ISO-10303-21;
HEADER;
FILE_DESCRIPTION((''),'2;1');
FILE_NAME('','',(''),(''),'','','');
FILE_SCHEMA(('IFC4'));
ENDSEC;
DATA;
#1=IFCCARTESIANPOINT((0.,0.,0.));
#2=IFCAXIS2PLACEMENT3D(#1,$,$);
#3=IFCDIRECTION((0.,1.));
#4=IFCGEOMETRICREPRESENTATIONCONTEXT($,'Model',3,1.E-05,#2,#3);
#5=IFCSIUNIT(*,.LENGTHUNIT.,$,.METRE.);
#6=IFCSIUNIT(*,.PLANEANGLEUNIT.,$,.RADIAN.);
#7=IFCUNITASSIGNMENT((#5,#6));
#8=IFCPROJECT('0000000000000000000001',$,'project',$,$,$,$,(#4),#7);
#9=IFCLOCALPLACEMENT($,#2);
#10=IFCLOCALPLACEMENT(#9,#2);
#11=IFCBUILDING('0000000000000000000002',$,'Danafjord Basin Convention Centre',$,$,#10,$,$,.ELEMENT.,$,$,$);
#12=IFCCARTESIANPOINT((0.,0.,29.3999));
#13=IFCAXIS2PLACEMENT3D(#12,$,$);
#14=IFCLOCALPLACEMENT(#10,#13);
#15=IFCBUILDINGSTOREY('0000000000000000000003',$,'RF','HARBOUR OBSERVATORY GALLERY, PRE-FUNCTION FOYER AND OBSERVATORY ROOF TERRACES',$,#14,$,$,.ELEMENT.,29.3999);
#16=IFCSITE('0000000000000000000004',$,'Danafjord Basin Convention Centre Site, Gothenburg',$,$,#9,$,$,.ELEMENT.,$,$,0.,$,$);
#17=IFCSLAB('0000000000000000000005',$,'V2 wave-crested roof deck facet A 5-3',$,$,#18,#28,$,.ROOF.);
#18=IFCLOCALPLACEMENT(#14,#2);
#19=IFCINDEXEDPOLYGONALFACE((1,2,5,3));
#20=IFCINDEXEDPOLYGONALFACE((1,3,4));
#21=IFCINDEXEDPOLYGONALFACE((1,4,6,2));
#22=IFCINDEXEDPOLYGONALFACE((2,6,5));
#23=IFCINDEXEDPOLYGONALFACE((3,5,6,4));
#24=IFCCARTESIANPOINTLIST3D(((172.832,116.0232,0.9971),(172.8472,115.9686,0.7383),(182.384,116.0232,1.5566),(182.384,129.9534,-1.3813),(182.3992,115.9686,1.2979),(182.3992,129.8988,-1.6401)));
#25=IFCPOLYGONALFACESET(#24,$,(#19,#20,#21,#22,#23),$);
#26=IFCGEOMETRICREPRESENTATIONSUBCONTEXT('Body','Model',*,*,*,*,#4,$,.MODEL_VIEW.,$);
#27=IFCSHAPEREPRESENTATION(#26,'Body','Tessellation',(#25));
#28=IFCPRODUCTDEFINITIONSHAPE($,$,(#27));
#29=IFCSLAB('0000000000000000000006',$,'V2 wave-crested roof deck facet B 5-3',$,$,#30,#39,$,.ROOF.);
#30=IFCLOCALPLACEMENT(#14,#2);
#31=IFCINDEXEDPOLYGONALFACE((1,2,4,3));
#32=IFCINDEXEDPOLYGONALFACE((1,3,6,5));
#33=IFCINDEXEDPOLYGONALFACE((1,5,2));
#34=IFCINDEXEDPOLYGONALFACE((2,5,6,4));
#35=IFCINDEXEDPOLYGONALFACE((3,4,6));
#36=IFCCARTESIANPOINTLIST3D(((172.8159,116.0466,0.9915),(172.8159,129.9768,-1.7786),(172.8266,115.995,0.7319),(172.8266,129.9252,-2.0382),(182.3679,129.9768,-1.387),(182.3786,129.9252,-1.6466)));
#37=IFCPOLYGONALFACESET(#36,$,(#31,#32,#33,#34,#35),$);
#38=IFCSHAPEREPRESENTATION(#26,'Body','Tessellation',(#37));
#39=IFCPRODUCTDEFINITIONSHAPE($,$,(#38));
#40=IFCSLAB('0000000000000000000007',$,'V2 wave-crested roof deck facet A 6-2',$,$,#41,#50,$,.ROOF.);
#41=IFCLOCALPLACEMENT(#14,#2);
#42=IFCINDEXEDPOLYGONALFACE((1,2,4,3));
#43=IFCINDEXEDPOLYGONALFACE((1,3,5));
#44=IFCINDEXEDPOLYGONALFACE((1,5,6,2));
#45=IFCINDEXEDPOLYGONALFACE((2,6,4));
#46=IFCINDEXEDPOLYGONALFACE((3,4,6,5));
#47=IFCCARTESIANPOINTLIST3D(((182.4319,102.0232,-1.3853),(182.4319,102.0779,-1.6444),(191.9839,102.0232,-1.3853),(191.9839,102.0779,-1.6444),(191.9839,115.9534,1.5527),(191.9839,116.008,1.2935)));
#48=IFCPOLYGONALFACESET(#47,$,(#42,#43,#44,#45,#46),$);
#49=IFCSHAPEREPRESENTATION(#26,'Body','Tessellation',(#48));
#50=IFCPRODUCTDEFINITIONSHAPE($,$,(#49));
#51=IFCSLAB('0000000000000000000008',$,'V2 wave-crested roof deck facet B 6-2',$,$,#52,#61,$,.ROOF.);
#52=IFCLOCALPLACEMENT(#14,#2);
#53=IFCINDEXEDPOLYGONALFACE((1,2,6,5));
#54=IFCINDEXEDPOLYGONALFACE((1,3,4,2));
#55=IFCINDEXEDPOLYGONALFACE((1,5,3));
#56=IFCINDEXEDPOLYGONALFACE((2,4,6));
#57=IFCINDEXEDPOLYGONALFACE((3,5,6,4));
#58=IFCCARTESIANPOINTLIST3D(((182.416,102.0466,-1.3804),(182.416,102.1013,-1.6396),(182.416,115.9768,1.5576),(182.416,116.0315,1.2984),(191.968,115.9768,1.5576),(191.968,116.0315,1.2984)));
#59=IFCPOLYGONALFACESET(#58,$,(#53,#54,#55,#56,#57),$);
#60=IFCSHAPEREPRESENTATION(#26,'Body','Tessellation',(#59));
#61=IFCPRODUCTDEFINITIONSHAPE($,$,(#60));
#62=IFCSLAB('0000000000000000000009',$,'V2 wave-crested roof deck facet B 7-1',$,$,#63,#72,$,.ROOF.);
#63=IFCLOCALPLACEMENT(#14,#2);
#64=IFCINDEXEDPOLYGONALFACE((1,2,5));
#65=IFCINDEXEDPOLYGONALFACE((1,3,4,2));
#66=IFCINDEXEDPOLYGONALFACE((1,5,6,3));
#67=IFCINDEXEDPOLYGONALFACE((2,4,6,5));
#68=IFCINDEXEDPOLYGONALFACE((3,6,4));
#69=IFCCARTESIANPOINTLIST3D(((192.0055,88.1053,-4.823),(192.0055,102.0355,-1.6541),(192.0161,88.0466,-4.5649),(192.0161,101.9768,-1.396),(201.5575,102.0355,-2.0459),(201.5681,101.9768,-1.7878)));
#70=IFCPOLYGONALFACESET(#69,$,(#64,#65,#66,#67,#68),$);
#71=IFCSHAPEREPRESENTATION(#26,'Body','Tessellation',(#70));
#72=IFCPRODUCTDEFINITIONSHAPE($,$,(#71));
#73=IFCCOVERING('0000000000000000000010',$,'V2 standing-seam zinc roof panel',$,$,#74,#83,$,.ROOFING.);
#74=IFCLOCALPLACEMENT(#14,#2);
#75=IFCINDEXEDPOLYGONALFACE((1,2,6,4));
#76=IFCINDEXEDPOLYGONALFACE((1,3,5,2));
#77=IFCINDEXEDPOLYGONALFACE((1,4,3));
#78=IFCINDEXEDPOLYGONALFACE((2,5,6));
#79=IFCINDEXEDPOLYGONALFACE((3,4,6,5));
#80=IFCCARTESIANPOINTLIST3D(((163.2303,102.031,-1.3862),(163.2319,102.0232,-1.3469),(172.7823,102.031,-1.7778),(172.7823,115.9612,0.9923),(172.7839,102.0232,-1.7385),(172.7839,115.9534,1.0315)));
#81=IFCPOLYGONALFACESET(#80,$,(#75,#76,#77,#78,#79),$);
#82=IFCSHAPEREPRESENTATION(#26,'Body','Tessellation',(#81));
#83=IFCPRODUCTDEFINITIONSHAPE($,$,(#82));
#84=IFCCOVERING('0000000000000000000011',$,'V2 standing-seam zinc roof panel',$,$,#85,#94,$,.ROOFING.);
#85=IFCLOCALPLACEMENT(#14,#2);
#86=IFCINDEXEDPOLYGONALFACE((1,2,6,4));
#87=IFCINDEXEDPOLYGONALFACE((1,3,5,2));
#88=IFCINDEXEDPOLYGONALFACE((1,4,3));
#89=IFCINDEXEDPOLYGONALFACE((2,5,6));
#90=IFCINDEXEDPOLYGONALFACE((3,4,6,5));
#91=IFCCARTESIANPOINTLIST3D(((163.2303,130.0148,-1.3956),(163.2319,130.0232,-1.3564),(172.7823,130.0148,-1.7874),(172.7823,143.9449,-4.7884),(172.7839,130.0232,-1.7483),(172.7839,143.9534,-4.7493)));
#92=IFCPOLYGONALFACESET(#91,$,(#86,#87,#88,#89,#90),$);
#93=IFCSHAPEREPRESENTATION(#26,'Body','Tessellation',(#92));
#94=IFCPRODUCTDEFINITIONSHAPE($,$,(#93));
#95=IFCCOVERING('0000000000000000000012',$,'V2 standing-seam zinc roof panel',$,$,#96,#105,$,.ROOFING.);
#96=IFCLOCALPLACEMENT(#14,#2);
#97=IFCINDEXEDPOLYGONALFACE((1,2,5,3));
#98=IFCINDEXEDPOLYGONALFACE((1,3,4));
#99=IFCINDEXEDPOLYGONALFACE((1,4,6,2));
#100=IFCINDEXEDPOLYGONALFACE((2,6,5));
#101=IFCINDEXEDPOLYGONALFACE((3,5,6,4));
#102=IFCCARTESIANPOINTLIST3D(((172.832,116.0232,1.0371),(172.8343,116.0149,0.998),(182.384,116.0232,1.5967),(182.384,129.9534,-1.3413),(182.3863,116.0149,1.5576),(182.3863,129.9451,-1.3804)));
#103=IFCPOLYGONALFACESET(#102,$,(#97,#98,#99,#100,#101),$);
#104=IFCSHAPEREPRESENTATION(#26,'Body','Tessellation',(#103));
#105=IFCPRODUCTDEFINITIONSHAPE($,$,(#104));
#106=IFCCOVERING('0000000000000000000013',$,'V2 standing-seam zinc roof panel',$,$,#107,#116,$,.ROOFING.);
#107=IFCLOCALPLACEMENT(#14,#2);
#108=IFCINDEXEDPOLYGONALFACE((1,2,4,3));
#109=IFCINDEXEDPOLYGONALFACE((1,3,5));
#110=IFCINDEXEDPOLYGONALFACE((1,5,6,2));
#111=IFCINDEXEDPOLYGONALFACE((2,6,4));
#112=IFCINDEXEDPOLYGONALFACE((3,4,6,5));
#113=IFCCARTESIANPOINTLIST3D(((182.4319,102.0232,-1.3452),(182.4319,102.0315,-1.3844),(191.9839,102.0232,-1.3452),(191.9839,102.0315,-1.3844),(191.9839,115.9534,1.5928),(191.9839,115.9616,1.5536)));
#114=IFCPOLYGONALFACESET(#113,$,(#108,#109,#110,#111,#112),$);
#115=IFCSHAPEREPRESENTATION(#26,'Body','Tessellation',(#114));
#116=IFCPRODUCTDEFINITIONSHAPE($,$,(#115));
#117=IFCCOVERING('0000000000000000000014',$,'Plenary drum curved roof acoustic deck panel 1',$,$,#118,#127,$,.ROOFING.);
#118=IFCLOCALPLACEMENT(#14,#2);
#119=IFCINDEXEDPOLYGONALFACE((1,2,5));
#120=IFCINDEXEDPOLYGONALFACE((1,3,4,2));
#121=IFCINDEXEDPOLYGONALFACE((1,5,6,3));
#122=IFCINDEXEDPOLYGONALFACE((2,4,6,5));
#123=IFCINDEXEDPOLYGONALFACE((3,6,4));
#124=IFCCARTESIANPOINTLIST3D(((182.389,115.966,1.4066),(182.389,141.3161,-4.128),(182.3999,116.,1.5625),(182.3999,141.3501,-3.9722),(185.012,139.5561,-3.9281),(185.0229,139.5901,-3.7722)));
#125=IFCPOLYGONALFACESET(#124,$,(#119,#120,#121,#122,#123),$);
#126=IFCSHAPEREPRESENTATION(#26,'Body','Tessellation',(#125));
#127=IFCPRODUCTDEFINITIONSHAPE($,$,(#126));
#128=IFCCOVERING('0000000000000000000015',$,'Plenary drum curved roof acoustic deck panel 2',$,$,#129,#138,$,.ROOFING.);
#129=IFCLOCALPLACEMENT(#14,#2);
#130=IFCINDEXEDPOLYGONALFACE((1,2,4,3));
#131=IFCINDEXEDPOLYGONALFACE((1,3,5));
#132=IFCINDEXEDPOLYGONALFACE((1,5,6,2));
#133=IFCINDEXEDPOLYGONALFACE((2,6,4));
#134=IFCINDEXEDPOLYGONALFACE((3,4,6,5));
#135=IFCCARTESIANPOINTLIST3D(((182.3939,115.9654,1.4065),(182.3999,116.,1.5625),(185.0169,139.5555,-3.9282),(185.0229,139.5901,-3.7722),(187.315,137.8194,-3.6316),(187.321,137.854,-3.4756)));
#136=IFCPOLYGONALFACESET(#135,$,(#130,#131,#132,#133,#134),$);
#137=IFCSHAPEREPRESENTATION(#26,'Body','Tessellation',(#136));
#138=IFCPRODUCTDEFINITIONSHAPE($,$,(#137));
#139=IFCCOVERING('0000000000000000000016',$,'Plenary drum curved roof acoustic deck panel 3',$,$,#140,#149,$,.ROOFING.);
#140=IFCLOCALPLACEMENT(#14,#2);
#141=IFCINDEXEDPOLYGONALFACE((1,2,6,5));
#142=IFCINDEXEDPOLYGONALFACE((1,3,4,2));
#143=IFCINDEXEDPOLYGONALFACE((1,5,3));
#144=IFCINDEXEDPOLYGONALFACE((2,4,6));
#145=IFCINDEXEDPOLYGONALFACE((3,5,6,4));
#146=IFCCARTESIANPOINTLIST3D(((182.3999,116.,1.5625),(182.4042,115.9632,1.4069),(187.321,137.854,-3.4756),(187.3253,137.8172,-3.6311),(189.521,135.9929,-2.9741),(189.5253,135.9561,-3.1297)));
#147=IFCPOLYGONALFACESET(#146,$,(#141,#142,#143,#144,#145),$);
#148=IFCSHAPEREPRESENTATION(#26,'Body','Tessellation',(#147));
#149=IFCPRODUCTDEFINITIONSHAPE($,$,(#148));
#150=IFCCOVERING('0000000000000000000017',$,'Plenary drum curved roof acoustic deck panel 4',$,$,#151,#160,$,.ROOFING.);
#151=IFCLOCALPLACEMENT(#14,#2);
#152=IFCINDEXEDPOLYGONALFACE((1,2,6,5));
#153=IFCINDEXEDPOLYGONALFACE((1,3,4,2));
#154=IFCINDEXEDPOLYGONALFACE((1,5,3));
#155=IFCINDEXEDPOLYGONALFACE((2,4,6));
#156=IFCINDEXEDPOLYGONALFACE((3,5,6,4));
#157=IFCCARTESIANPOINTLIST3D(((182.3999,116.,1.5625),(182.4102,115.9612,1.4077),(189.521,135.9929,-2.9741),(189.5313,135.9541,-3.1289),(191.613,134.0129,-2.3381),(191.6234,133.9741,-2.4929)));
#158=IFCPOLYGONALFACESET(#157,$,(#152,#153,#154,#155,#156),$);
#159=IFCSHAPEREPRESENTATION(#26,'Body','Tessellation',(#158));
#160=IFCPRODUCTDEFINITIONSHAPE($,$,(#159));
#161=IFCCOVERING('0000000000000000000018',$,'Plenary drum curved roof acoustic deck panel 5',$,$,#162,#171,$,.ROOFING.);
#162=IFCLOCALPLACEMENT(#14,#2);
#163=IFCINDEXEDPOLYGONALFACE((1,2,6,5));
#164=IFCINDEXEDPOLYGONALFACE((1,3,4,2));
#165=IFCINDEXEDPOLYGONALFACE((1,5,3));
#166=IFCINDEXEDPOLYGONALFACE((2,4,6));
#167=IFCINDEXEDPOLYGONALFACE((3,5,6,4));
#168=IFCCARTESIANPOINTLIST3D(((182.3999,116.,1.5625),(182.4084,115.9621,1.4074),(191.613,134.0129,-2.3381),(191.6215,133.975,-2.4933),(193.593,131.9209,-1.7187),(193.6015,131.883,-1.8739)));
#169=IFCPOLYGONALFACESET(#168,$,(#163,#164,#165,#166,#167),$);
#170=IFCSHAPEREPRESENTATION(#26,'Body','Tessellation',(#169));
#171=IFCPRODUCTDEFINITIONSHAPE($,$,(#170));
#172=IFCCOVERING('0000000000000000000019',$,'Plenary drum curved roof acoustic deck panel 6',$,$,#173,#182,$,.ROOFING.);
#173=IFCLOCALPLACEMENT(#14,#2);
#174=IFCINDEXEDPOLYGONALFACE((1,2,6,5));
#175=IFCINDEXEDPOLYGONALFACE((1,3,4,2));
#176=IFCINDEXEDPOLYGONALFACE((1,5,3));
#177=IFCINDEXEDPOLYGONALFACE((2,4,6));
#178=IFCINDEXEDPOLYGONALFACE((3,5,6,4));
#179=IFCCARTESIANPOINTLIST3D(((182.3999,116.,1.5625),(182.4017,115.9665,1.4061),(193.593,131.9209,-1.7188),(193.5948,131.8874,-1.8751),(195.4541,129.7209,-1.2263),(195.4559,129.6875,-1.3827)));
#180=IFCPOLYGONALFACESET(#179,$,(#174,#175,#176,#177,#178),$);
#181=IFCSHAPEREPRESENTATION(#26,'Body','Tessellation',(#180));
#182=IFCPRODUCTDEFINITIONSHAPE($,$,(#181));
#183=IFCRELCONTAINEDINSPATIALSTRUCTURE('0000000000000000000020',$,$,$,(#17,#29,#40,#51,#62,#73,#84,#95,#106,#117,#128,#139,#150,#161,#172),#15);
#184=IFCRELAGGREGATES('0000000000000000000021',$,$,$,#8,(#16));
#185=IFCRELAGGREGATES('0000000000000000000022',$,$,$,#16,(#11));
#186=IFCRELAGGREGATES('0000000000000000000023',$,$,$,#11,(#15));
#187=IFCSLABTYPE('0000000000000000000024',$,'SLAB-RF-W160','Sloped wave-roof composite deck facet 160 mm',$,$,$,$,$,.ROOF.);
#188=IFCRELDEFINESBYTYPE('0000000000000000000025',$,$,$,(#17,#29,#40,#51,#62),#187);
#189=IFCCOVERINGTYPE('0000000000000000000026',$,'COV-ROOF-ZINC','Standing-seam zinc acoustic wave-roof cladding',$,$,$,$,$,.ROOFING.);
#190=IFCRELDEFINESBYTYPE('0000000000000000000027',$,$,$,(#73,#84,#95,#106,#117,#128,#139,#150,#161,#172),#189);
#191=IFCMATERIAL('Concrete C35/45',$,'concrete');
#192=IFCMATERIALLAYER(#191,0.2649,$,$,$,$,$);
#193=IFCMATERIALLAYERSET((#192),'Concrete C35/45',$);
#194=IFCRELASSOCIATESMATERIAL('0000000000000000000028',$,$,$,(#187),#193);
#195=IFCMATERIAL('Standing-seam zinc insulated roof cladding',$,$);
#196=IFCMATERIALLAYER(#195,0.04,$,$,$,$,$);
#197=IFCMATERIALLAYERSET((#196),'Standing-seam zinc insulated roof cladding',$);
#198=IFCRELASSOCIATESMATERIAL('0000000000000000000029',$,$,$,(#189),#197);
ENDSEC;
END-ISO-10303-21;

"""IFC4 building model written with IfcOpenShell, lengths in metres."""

from ifc_helpers import new_model, si_unit, direction, frame, origin, place, context, subcontext, project, spatial, polyline, outline, extrude, material, layer, layer_set, type_object, element, save


model = new_model("IFC4")

# Units and contexts
model_context = context("Model", 3, precision=1e-05, world=origin(), true_north=direction((0.0, 1.0)))
body_context = subcontext(model_context, "Body", "Model", "MODEL_VIEW")
ifc_project = project(units=[si_unit("LENGTHUNIT", "METRE"), si_unit("PLANEANGLEUNIT", "RADIAN")], contexts=[model_context])

# Site, building, storey
site_placement = place(None, origin())
site = spatial("IfcSite", under=ifc_project, at=site_placement, Name="Danafjord Basin Convention Centre Site, Gothenburg", CompositionType="ELEMENT", RefElevation=0.0)
building_placement = place(site_placement, origin())
building = spatial("IfcBuilding", under=site, at=building_placement, Name="Danafjord Basin Convention Centre", CompositionType="ELEMENT")
storey_placement = place(building_placement, frame((0.0, 0.0, 29.3999)))
storey = spatial("IfcBuildingStorey", under=building, at=storey_placement, Name="RF", Description="HARBOUR OBSERVATORY GALLERY, PRE-FUNCTION FOYER AND OBSERVATORY ROOF TERRACES", CompositionType="ELEMENT", Elevation=29.3999)

# Slabs
ifc_material_1 = material(Name="Concrete C35/45", Category="concrete")
ifc_layer_1 = layer(ifc_material_1, 0.2649)
ifc_layer_set_1 = layer_set([ifc_layer_1], Name="Concrete C35/45")
slab_type_1 = type_object("IfcSlabType", Name="SLAB-RF-W160", Description="Sloped wave-roof composite deck facet 160 mm", PredefinedType="ROOF", material=ifc_layer_set_1)
slab_1_placement = place(storey_placement, frame((172.832, 116.0232, 0.9971), z_axis=(-0.057227, 0.20603, 0.976871), x_axis=(0.998289, 0.0, 0.058481)))
element("IfcSlab", 1, at=slab_1_placement, inside=storey, type_object=slab_type_1, Name="V2 wave-crested roof deck facet A 5-3", PredefinedType="ROOF", context=body_context, shape_type="SweptSolid", body=[
    extrude(outline(polyline([(0.0, 0.0), (9.5684, 0.0), (9.3966, 14.2356), (0.0, 0.0)])), origin(), (0.0, 0.0, -1.0), 0.2649),
])
slab_2_placement = place(storey_placement, frame((172.8159, 116.0466, 0.9915), z_axis=(-0.040177, 0.194874, 0.980005), x_axis=(0.559999, 0.816675, -0.139438)))
element("IfcSlab", 2, at=slab_2_placement, inside=storey, type_object=slab_type_1, Name="V2 wave-crested roof deck facet B 5-3", PredefinedType="ROOF", context=body_context, shape_type="SweptSolid", body=[
    extrude(outline(polyline([(0.0, 0.0), (17.0572, 0.0), (11.7627, 7.96), (0.0, 0.0)])), origin(), (0.0, 0.0, -1.0), 0.2649),
])
slab_3_placement = place(storey_placement, frame((182.4319, 102.0232, -1.3853), z_axis=(0.0, -0.206368, 0.978474), x_axis=(1.0, 0.0, 0.0)))
element("IfcSlab", 3, at=slab_3_placement, inside=storey, type_object=slab_type_1, Name="V2 wave-crested roof deck facet A 6-2", PredefinedType="ROOF", context=body_context, shape_type="SweptSolid", body=[
    extrude(outline(polyline([(0.0, 0.0), (9.552, 0.0), (9.552, 14.2366), (0.0, 0.0)])), origin(), (0.0, 0.0, -1.0), 0.2649),
])
slab_4_placement = place(storey_placement, frame((182.416, 102.0466, -1.3804), z_axis=(0.0, -0.206368, 0.978474), x_axis=(0.557158, 0.812532, 0.17137)))
element("IfcSlab", 4, at=slab_4_placement, inside=storey, type_object=slab_type_1, Name="V2 wave-crested roof deck facet B 6-2", PredefinedType="ROOF", context=body_context, shape_type="SweptSolid", body=[
    extrude(outline(polyline([(0.0, 0.0), (17.1442, 0.0), (11.8222, 7.932), (0.0, 0.0)])), origin(), (0.0, 0.0, -1.0), 0.2649),
])
slab_5_placement = place(storey_placement, frame((192.0161, 88.0466, -4.5649), z_axis=(0.039968, -0.221643, 0.974308), x_axis=(0.558031, 0.813806, 0.162239)))
element("IfcSlab", 5, at=slab_5_placement, inside=storey, type_object=slab_type_1, Name="V2 wave-crested roof deck facet B 7-1", PredefinedType="ROOF", context=body_context, shape_type="SweptSolid", body=[
    extrude(outline(polyline([(0.0, 0.0), (17.1173, 0.0), (11.8506, 7.9785), (0.0, 0.0)])), origin(), (0.0, 0.0, -1.0), 0.2649),
])

# Coverings
ifc_material_2 = material(Name="Standing-seam zinc insulated roof cladding")
ifc_layer_2 = layer(ifc_material_2, 0.04)
ifc_layer_set_2 = layer_set([ifc_layer_2], Name="Standing-seam zinc insulated roof cladding")
covering_type = type_object("IfcCoveringType", Name="COV-ROOF-ZINC", Description="Standing-seam zinc acoustic wave-roof cladding", PredefinedType="ROOFING", material=ifc_layer_set_2)
covering_1_placement = place(storey_placement, frame((163.2319, 102.0232, -1.3469), z_axis=(0.040177, -0.194874, 0.980005), x_axis=(0.999161, 0.0, -0.040962)))
element("IfcCovering", 6, at=covering_1_placement, inside=storey, type_object=covering_type, Name="V2 standing-seam zinc roof panel", PredefinedType="ROOFING", context=body_context, shape_type="SweptSolid", body=[
    extrude(outline(polyline([(0.0, 0.0), (9.56, 0.0), (9.4466, 14.2025), (0.0, 0.0)])), origin(), (0.0, 0.0, -1.0), 0.04),
])
covering_2_placement = place(storey_placement, frame((163.2319, 130.0232, -1.3564), z_axis=(0.04007, 0.210429, 0.976788), x_axis=(0.99916, 0.0, -0.040988)))
element("IfcCovering", 7, at=covering_2_placement, inside=storey, type_object=covering_type, Name="V2 standing-seam zinc roof panel", PredefinedType="ROOFING", context=body_context, shape_type="SweptSolid", body=[
    extrude(outline(polyline([(0.0, 0.0), (9.56, 0.0), (9.683, 14.2492), (0.0, 0.0)])), origin(), (0.0, 0.0, -1.0), 0.04),
])
covering_3_placement = place(storey_placement, frame((172.832, 116.0232, 1.0371), z_axis=(-0.057227, 0.20603, 0.976871), x_axis=(0.998289, 0.0, 0.058481)))
element("IfcCovering", 8, at=covering_3_placement, inside=storey, type_object=covering_type, Name="V2 standing-seam zinc roof panel", PredefinedType="ROOFING", context=body_context, shape_type="SweptSolid", body=[
    extrude(outline(polyline([(0.0, 0.0), (9.5684, 0.0), (9.3966, 14.2356), (0.0, 0.0)])), origin(), (0.0, 0.0, -1.0), 0.04),
])
covering_4_placement = place(storey_placement, frame((182.4319, 102.0232, -1.3452), z_axis=(0.0, -0.206368, 0.978474), x_axis=(1.0, 0.0, 0.0)))
element("IfcCovering", 9, at=covering_4_placement, inside=storey, type_object=covering_type, Name="V2 standing-seam zinc roof panel", PredefinedType="ROOFING", context=body_context, shape_type="SweptSolid", body=[
    extrude(outline(polyline([(0.0, 0.0), (9.552, 0.0), (9.552, 14.2366), (0.0, 0.0)])), origin(), (0.0, 0.0, -1.0), 0.04),
])
covering_5_placement = place(storey_placement, frame((182.3999, 116.0, 1.5625), z_axis=(0.068487, 0.212804, 0.974692), x_axis=(0.107822, 0.969684, -0.219287)))
element("IfcCovering", 10, at=covering_5_placement, inside=storey, type_object=covering_type, Name="Plenary drum curved roof acoustic deck panel 1", PredefinedType="ROOFING", context=body_context, shape_type="SweptSolid", body=[
    extrude(outline(polyline([(0.0, 0.0), (24.3276, 0.0), (25.7953, 2.8043), (0.0, 0.0)])), origin(), (0.0, 0.0, -1.0), 0.1599),
])
covering_6_placement = place(storey_placement, frame((182.3999, 116.0, 1.5625), z_axis=(0.037584, 0.216439, 0.975572), x_axis=(0.214328, 0.951797, -0.219421)))
element("IfcCovering", 11, at=covering_6_placement, inside=storey, type_object=covering_type, Name="Plenary drum curved roof acoustic deck panel 2", PredefinedType="ROOFING", context=body_context, shape_type="SweptSolid", body=[
    extrude(outline(polyline([(0.0, 0.0), (22.9608, 0.0), (24.1857, 2.6235), (0.0, 0.0)])), origin(), (0.0, 0.0, -1.0), 0.1599),
])
covering_7_placement = place(storey_placement, frame((182.3999, 116.0, 1.5625), z_axis=(-0.026899, 0.230308, 0.972746), x_axis=(0.32812, 0.921218, -0.209035)))
element("IfcCovering", 12, at=covering_7_placement, inside=storey, type_object=covering_type, Name="Plenary drum curved roof acoustic deck panel 3", PredefinedType="ROOFING", context=body_context, shape_type="SweptSolid", body=[
    extrude(outline(polyline([(0.0, 0.0), (21.7027, 0.0), (22.8002, 2.7112), (0.0, 0.0)])), origin(), (0.0, 0.0, -1.0), 0.1599),
])
covering_8_placement = place(storey_placement, frame((182.3999, 116.0, 1.5625), z_axis=(-0.064607, 0.242653, 0.967959), x_axis=(0.447133, 0.874206, -0.189306)))
element("IfcCovering", 13, at=covering_8_placement, inside=storey, type_object=covering_type, Name="Plenary drum curved roof acoustic deck panel 4", PredefinedType="ROOFING", context=body_context, shape_type="SweptSolid", body=[
    extrude(outline(polyline([(0.0, 0.0), (20.6049, 0.0), (21.5208, 2.804), (0.0, 0.0)])), origin(), (0.0, 0.0, -1.0), 0.1599),
])
covering_9_placement = place(storey_placement, frame((182.3999, 116.0, 1.5625), z_axis=(-0.05291, 0.23712, 0.970038), x_axis=(0.567129, 0.806675, -0.166253)))
element("IfcCovering", 14, at=covering_9_placement, inside=storey, type_object=covering_type, Name="Plenary drum curved roof acoustic deck panel 5", PredefinedType="ROOFING", context=body_context, shape_type="SweptSolid", body=[
    extrude(outline(polyline([(0.0, 0.0), (19.7364, 0.0), (20.4041, 2.8696), (0.0, 0.0)])), origin(), (0.0, 0.0, -1.0), 0.1599),
])
covering_10_placement = place(storey_placement, frame((182.3999, 116.0, 1.5625), z_axis=(-0.011198, 0.209388, 0.977769), x_axis=(0.681931, 0.716761, -0.145684)))
element("IfcCovering", 15, at=covering_10_placement, inside=storey, type_object=covering_type, Name="Plenary drum curved roof acoustic deck panel 6", PredefinedType="ROOFING", context=body_context, shape_type="SweptSolid", body=[
    extrude(outline(polyline([(0.0, 0.0), (19.143, 0.0), (19.5224, 2.8986), (0.0, 0.0)])), origin(), (0.0, 0.0, -1.0), 0.1599),
])

save(model, "model.ifc")
